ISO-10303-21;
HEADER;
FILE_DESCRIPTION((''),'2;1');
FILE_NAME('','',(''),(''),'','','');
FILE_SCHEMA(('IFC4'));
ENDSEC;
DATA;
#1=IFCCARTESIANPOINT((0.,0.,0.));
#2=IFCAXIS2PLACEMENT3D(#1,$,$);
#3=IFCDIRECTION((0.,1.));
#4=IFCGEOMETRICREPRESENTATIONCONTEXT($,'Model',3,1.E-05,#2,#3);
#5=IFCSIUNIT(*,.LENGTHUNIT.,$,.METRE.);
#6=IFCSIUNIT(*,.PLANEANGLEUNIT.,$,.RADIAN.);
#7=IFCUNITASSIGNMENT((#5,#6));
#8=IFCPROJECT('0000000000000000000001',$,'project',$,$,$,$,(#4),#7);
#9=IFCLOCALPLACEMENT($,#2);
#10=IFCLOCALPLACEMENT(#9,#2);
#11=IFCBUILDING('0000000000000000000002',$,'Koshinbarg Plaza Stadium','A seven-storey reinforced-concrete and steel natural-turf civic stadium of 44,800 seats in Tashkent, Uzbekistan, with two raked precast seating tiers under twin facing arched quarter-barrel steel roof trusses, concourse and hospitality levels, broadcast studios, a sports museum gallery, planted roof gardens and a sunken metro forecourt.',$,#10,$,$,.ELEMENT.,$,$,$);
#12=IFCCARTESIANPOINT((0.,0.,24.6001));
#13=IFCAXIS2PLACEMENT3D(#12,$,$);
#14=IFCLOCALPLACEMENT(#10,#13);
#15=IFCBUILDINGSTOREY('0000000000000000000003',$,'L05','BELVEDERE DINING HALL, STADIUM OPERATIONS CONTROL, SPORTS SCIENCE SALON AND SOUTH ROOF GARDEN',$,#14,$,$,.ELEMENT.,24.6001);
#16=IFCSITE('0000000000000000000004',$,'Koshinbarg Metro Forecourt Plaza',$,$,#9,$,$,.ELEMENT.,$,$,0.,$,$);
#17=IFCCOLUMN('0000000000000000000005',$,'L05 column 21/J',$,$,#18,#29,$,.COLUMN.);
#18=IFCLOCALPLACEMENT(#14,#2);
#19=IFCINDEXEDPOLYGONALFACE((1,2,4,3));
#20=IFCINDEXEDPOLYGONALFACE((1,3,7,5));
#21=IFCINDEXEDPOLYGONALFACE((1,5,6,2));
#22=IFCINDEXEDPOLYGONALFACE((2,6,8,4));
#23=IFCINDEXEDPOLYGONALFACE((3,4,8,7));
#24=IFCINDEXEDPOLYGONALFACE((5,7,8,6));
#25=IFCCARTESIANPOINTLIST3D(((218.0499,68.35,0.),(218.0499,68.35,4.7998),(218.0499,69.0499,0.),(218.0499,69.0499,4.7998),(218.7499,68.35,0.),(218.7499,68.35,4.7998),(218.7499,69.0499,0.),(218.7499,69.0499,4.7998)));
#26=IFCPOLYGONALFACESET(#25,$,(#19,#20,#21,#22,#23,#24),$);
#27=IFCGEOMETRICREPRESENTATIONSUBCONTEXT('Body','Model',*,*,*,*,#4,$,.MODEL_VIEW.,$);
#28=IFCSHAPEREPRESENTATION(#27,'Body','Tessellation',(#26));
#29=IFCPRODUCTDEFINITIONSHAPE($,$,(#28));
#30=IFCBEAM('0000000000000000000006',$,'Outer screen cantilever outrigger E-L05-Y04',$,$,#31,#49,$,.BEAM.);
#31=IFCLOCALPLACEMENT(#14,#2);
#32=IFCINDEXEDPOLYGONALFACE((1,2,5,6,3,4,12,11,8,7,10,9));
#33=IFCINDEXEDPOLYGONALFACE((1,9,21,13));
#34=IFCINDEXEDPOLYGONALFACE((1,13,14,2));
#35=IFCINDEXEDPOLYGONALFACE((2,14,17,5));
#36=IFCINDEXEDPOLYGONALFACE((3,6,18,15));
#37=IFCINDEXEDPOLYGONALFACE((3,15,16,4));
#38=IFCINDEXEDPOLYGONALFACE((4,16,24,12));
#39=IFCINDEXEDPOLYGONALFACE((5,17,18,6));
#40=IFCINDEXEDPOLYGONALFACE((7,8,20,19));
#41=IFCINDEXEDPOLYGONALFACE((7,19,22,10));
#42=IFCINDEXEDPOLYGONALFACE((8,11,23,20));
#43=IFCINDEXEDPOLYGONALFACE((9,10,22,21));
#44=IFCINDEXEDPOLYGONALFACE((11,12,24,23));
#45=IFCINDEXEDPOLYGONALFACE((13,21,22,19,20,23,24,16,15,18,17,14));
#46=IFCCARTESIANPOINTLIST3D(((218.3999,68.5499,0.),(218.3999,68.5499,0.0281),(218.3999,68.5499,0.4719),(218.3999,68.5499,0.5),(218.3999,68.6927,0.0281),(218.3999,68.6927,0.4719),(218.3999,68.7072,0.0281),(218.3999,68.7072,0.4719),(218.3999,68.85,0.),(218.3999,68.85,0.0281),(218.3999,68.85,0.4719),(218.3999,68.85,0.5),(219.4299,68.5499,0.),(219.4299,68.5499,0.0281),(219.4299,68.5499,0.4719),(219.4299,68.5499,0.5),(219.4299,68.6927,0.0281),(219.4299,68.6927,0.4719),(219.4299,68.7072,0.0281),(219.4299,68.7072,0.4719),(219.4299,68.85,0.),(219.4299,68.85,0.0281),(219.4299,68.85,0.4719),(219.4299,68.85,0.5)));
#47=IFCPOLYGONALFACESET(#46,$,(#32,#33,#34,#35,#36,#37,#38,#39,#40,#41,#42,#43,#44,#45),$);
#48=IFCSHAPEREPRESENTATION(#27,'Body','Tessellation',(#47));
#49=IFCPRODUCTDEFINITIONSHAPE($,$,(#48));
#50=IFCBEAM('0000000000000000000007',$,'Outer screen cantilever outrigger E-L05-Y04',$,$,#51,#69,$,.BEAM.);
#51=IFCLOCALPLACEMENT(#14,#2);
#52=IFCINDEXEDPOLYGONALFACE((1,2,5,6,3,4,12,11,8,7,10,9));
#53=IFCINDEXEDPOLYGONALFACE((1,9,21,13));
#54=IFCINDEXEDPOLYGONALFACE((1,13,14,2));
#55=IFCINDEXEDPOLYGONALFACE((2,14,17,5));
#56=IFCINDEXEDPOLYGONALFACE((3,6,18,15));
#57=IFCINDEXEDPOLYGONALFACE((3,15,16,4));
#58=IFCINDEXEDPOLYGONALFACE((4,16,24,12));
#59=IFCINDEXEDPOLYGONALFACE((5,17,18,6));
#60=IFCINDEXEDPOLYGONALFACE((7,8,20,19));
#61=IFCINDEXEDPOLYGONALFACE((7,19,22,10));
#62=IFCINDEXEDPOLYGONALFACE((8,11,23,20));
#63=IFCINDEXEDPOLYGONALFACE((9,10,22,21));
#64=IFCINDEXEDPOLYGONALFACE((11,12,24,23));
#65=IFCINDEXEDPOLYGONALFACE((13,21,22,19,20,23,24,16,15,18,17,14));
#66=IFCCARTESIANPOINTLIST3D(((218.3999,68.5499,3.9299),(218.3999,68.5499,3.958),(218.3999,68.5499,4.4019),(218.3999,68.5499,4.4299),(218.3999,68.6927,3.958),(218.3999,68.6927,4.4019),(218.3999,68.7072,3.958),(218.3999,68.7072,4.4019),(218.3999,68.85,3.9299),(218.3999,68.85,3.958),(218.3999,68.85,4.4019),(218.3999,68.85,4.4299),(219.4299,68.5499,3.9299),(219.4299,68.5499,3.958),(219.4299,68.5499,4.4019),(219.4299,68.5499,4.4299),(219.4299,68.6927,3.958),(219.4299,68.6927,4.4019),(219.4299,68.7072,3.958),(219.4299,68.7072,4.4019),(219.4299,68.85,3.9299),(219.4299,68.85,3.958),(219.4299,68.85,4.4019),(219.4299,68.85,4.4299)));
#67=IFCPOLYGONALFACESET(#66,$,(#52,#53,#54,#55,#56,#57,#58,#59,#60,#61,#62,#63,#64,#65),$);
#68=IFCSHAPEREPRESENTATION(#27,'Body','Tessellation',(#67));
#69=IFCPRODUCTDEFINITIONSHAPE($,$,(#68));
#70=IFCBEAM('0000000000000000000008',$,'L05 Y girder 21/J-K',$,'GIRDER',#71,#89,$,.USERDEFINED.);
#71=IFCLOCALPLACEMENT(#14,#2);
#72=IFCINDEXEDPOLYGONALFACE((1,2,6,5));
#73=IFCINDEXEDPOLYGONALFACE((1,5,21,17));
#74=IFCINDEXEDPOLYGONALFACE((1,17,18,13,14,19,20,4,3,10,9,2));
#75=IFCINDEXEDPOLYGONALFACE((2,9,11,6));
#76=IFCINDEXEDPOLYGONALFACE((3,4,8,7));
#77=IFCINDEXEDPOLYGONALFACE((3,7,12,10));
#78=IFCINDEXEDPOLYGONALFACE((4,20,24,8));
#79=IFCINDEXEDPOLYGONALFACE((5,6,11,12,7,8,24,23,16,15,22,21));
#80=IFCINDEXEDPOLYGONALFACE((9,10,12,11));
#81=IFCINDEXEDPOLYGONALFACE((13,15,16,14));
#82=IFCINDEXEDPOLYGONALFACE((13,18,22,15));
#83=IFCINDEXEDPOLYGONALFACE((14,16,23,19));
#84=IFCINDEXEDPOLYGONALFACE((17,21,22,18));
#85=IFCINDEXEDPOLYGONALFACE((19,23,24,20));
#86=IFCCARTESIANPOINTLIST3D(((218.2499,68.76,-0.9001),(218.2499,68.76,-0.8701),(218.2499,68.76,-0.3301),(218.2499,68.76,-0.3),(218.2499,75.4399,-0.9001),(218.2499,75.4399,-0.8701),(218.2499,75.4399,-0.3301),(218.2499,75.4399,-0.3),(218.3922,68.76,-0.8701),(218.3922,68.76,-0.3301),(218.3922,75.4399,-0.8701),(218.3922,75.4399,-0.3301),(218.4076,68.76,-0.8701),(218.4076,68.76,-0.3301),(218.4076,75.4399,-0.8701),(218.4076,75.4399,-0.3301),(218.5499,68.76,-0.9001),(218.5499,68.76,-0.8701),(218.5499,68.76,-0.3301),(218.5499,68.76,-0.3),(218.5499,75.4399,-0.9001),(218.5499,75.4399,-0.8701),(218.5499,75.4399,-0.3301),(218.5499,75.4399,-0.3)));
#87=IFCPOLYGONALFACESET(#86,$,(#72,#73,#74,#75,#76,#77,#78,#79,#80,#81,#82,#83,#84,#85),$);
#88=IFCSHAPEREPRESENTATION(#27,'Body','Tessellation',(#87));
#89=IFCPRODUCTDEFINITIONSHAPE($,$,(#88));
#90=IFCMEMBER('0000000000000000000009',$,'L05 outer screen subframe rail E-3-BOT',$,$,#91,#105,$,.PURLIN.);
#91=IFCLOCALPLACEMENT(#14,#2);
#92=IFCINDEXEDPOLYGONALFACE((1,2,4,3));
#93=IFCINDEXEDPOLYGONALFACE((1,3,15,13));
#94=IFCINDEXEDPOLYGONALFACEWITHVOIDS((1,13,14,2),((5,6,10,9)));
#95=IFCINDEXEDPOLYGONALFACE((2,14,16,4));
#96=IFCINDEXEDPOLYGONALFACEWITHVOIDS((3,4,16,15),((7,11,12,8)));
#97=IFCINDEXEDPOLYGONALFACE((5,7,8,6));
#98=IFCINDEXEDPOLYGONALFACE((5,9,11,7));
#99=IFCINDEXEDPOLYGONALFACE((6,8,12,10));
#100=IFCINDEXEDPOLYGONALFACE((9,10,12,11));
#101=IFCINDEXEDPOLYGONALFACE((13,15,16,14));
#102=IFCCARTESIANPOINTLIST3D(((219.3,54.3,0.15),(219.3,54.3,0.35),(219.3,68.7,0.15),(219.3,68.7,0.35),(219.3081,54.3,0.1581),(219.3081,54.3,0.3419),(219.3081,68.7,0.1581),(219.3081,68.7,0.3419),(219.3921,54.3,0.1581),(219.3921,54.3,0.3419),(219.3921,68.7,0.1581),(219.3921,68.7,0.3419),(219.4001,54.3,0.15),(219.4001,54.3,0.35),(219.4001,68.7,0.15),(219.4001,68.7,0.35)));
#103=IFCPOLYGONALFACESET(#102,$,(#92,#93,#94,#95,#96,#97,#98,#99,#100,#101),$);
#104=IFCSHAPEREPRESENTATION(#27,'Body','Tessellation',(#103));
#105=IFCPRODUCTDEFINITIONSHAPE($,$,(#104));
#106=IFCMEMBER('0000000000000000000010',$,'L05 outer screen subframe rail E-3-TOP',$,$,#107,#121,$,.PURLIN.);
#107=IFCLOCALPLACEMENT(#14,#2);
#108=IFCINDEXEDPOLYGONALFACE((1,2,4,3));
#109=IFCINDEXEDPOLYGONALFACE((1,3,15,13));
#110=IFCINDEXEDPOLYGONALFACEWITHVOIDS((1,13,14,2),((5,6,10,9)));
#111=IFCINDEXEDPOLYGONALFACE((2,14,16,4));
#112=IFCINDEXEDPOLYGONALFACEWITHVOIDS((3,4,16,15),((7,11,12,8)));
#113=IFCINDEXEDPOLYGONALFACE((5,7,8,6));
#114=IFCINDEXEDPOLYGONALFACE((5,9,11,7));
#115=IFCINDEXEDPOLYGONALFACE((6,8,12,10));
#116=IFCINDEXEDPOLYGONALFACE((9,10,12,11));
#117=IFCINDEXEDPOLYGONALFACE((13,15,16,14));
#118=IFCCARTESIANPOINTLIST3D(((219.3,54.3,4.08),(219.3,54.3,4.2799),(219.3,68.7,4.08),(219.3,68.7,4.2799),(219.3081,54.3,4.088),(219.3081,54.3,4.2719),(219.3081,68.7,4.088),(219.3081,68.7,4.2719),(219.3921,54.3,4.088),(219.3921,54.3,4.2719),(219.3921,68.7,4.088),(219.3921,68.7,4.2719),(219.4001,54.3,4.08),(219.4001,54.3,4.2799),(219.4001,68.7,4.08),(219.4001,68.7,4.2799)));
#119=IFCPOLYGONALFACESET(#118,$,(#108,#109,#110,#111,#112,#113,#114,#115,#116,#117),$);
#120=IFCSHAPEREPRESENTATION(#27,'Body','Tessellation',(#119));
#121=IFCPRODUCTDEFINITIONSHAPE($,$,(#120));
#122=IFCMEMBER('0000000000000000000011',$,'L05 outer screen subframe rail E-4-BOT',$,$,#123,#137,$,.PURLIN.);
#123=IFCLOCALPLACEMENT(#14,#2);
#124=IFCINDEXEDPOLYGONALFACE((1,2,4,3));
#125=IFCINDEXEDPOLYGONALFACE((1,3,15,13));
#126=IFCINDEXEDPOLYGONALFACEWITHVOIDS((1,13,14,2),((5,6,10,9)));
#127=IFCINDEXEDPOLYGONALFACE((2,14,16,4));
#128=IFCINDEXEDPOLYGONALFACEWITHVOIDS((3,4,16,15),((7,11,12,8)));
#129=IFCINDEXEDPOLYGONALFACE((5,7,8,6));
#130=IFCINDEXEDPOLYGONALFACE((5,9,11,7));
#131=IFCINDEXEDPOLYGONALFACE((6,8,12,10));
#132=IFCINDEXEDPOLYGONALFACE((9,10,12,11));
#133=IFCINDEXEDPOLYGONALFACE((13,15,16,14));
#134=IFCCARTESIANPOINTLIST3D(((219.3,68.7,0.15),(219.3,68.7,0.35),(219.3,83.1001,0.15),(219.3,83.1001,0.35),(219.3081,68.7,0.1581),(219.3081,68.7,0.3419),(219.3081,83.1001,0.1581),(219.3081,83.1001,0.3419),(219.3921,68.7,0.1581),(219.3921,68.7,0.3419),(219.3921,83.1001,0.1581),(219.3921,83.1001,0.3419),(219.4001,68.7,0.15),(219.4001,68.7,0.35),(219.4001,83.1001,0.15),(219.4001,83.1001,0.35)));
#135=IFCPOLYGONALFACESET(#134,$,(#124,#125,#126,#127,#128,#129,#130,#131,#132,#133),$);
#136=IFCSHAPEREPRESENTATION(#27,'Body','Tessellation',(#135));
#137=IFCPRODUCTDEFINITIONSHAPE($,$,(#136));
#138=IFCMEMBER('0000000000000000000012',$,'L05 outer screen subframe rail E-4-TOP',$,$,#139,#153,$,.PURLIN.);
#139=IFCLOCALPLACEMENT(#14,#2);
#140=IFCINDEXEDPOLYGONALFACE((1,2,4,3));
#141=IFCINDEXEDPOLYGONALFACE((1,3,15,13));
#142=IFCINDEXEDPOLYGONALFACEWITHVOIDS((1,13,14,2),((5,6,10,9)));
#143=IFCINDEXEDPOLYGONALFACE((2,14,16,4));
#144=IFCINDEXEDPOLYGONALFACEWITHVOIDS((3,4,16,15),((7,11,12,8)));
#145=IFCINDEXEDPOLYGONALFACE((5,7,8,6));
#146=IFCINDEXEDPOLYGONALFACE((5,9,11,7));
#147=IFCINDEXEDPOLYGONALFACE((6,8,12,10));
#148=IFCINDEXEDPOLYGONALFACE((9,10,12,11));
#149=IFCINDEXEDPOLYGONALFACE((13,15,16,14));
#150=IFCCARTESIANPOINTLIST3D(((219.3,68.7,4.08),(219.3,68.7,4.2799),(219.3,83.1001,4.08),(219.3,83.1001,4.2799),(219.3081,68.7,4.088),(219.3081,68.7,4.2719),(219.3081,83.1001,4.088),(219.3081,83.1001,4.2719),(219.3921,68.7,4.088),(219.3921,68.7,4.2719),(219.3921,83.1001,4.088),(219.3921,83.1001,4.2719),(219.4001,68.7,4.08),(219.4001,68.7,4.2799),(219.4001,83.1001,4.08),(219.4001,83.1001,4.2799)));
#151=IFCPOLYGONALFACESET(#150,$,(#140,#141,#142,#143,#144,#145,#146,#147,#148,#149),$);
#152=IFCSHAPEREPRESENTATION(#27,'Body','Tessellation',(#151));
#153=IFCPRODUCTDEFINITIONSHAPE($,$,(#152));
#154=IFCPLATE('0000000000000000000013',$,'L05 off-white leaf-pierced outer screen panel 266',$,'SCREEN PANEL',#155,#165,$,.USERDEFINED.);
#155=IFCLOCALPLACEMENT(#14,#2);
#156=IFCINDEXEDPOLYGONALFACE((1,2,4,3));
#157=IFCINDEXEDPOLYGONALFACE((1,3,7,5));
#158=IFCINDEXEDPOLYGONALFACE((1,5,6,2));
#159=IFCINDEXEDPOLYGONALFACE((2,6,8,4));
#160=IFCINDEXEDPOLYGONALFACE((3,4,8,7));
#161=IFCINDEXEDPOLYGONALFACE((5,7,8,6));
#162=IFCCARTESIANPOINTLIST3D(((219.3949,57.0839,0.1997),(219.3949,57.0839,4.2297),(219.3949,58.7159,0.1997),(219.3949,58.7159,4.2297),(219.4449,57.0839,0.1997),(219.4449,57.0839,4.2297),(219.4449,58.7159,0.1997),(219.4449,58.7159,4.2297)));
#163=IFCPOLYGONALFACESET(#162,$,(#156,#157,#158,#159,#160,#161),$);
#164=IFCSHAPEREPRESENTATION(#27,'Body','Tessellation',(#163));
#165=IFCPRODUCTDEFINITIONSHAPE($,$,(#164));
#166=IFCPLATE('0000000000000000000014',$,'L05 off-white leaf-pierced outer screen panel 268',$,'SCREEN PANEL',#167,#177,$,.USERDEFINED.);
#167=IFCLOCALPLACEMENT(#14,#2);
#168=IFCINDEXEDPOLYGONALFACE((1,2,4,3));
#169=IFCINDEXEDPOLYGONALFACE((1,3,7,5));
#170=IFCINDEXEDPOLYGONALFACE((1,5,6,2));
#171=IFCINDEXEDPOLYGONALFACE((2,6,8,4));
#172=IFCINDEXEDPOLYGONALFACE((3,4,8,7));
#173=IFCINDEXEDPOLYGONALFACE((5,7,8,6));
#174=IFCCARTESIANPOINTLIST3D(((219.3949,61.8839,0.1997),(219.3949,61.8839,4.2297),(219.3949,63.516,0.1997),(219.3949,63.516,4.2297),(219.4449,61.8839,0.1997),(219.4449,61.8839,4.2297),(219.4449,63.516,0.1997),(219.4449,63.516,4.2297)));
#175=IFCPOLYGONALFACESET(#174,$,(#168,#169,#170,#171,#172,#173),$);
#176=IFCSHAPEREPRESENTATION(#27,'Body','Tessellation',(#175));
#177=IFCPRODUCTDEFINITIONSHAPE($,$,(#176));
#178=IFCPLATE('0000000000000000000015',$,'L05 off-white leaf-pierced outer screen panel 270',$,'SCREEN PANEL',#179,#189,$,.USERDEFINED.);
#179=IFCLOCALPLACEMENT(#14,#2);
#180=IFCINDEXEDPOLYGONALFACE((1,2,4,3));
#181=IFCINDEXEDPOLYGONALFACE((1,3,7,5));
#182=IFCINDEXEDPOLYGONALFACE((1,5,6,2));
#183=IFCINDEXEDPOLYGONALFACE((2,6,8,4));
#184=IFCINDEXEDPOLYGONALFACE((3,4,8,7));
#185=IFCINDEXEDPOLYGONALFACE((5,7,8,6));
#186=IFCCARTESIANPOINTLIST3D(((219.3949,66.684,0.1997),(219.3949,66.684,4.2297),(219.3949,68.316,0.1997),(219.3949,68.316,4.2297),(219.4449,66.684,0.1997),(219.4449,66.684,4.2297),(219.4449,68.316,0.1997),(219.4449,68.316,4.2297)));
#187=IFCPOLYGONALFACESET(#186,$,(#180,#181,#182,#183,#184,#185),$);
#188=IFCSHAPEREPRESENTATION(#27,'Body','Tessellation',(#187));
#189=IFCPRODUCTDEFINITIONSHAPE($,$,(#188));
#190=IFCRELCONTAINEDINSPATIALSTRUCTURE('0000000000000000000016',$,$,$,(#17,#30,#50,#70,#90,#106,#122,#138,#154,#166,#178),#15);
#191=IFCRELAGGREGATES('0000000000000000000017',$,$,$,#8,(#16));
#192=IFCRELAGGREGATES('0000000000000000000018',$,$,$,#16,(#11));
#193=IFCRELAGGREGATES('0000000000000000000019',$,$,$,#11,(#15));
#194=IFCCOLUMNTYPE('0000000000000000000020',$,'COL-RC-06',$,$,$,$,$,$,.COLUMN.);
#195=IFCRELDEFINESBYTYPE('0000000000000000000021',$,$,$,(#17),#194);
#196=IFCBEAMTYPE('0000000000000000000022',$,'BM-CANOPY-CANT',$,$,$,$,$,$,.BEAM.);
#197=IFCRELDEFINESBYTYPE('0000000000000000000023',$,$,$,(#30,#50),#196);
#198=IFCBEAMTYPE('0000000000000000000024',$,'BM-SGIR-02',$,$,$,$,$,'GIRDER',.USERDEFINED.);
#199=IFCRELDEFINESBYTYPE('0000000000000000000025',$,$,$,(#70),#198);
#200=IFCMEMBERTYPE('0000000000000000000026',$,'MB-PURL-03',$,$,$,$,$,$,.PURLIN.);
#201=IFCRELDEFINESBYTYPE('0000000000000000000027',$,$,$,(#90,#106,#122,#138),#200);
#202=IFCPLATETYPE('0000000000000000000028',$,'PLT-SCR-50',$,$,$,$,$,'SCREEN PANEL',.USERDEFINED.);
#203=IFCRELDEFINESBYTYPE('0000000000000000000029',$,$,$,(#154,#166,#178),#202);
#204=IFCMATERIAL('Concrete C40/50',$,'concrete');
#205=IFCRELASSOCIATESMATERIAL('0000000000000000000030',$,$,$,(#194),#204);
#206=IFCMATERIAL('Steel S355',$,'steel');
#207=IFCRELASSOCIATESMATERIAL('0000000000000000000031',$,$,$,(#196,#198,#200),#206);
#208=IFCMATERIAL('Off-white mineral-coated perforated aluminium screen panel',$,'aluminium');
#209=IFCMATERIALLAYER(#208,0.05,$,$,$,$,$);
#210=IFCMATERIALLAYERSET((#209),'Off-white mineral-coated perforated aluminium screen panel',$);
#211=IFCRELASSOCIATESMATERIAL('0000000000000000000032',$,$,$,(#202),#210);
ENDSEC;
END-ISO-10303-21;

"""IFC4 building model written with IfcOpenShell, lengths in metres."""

from ifc_helpers import new_model, si_unit, direction, frame, origin, origin_2d, place, context, subcontext, project, spatial, rectangle, hollow_rectangle, i_section, extrude, material, layer, layer_set, material_profile, profile_set, type_object, element, save


model = new_model("IFC4")

# Units and contexts
model_context = context("Model", 3, precision=1e-05, world=origin(), true_north=direction((0.0, 1.0)))
body_context = subcontext(model_context, "Body", "Model", "MODEL_VIEW")
ifc_project = project(units=[si_unit("LENGTHUNIT", "METRE"), si_unit("PLANEANGLEUNIT", "RADIAN")], contexts=[model_context])

# Site, building, storey
site_placement = place(None, origin())
site = spatial("IfcSite", under=ifc_project, at=site_placement, Name="Koshinbarg Metro Forecourt Plaza", CompositionType="ELEMENT", RefElevation=0.0)
building_placement = place(site_placement, origin())
building = spatial("IfcBuilding", under=site, at=building_placement, Name="Koshinbarg Plaza Stadium", Description="A seven-storey reinforced-concrete and steel natural-turf civic stadium of 44,800 seats in Tashkent, Uzbekistan, with two raked precast seating tiers under twin facing arched quarter-barrel steel roof trusses, concourse and hospitality levels, broadcast studios, a sports museum gallery, planted roof gardens and a sunken metro forecourt.", CompositionType="ELEMENT")
storey_placement = place(building_placement, frame((0.0, 0.0, 24.6001)))
storey = spatial("IfcBuildingStorey", under=building, at=storey_placement, Name="L05", Description="BELVEDERE DINING HALL, STADIUM OPERATIONS CONTROL, SPORTS SCIENCE SALON AND SOUTH ROOF GARDEN", CompositionType="ELEMENT", Elevation=24.6001)

# Column
ifc_material_1 = material(Name="Concrete C40/50", Category="concrete")
ifc_material_profile_1 = material_profile(ifc_material_1, rectangle(XDim=0.7, YDim=0.7, at=origin_2d()), Name="RC 700x700")
ifc_profile_set_1 = profile_set([ifc_material_profile_1], Name="Concrete C40/50")
column_type = type_object("IfcColumnType", Name="COL-RC-06", PredefinedType="COLUMN", material=ifc_profile_set_1)
column_placement = place(storey_placement, frame((218.3999, 68.7, 0.0), z_axis=(0.0, 0.0, 1.0), x_axis=(1.0, 0.0, 0.0)))
element("IfcColumn", 1, at=column_placement, inside=storey, type_object=column_type, Name="L05 column 21/J", PredefinedType="COLUMN", context=body_context, shape_type="SweptSolid", body=[
    extrude(rectangle(XDim=0.7, YDim=0.7, at=origin_2d()), origin(), (0.0, 0.0, 1.0), 4.7998),
])

# Beams
ifc_material_2 = material(Name="Steel S355", Category="steel")
ifc_material_profile_2 = material_profile(ifc_material_2, i_section(OverallWidth=0.3, OverallDepth=0.5, WebThickness=0.0144, FlangeThickness=0.0281, at=origin_2d()), Name="HEB 500")
ifc_profile_set_2 = profile_set([ifc_material_profile_2], Name="Steel S355")
beam_type_1 = type_object("IfcBeamType", Name="BM-CANOPY-CANT", PredefinedType="BEAM", material=ifc_profile_set_2)
for number, where, z_axis, x_axis, name in (
    (2, (218.3999, 68.7, 0.25), (1.0, 0.0, 0.0), (0.0, 1.0, 0.0), "Outer screen cantilever outrigger E-L05-Y04"),
    (3, (218.3999, 68.7, 4.1799), (1.0, 0.0, 0.0), (0.0, 1.0, 0.0), "Outer screen cantilever outrigger E-L05-Y04"),
):
    element("IfcBeam", number, at=place(storey_placement, frame(where, z_axis=z_axis, x_axis=x_axis)), inside=storey, type_object=beam_type_1, Name=name, PredefinedType="BEAM", context=body_context, shape_type="SweptSolid", body=[
        extrude(i_section(OverallWidth=0.3, OverallDepth=0.5, WebThickness=0.0144, FlangeThickness=0.0281, at=origin_2d()), origin(), (0.0, 0.0, 1.0), 1.03),
    ])
ifc_material_profile_3 = material_profile(ifc_material_2, i_section(OverallWidth=0.3, OverallDepth=0.6001, WebThickness=0.0154, FlangeThickness=0.03, at=origin_2d()), Name="HEB 600")
ifc_profile_set_3 = profile_set([ifc_material_profile_3], Name="Steel S355")
beam_type_2 = type_object("IfcBeamType", Name="BM-SGIR-02", ElementType="GIRDER", PredefinedType="USERDEFINED", material=ifc_profile_set_3)
beam_placement = place(storey_placement, frame((218.3999, 68.76, -0.6001), z_axis=(0.0, 1.0, 0.0), x_axis=(-1.0, 0.0, 0.0)))
element("IfcBeam", 4, at=beam_placement, inside=storey, type_object=beam_type_2, Name="L05 Y girder 21/J-K", ObjectType="GIRDER", PredefinedType="USERDEFINED", context=body_context, shape_type="SweptSolid", body=[
    extrude(i_section(OverallWidth=0.3, OverallDepth=0.6001, WebThickness=0.0154, FlangeThickness=0.03, at=origin_2d()), origin(), (0.0, 0.0, 1.0), 6.6799),
])

# Members
ifc_material_profile_4 = material_profile(ifc_material_2, hollow_rectangle(XDim=0.1001, YDim=0.2, WallThickness=0.0081, at=origin_2d()), Name="RHS 200x100x8")
ifc_profile_set_4 = profile_set([ifc_material_profile_4], Name="Steel S355")
member_type = type_object("IfcMemberType", Name="MB-PURL-03", PredefinedType="PURLIN", material=ifc_profile_set_4)
for number, where, z_axis, x_axis, name in (
    (5, (219.3501, 54.3, 0.25), (0.0, 1.0, 0.0), (-1.0, 0.0, 0.0), "L05 outer screen subframe rail E-3-BOT"),
    (6, (219.3501, 54.3, 4.1799), (0.0, 1.0, 0.0), (-1.0, 0.0, 0.0), "L05 outer screen subframe rail E-3-TOP"),
):
    element("IfcMember", number, at=place(storey_placement, frame(where, z_axis=z_axis, x_axis=x_axis)), inside=storey, type_object=member_type, Name=name, PredefinedType="PURLIN", context=body_context, shape_type="SweptSolid", body=[
        extrude(hollow_rectangle(XDim=0.1001, YDim=0.2, WallThickness=0.0081, at=origin_2d()), origin(), (0.0, 0.0, 1.0), 14.3999),
    ])
for number, where, z_axis, x_axis, name in (
    (7, (219.3501, 68.7, 0.25), (0.0, 1.0, 0.0), (-1.0, 0.0, 0.0), "L05 outer screen subframe rail E-4-BOT"),
    (8, (219.3501, 68.7, 4.1799), (0.0, 1.0, 0.0), (-1.0, 0.0, 0.0), "L05 outer screen subframe rail E-4-TOP"),
):
    element("IfcMember", number, at=place(storey_placement, frame(where, z_axis=z_axis, x_axis=x_axis)), inside=storey, type_object=member_type, Name=name, PredefinedType="PURLIN", context=body_context, shape_type="SweptSolid", body=[
        extrude(hollow_rectangle(XDim=0.1001, YDim=0.2, WallThickness=0.0081, at=origin_2d()), origin(), (0.0, 0.0, 1.0), 14.4001),
    ])

# Plates
ifc_material_3 = material(Name="Off-white mineral-coated perforated aluminium screen panel", Category="aluminium")
ifc_layer_1 = layer(ifc_material_3, 0.05)
ifc_layer_set_1 = layer_set([ifc_layer_1], Name="Off-white mineral-coated perforated aluminium screen panel")
plate_type_1 = type_object("IfcPlateType", Name="PLT-SCR-50", ElementType="SCREEN PANEL", PredefinedType="USERDEFINED", material=ifc_layer_set_1)
for number, where, z_axis, x_axis, name in (
    (9, (219.4199, 57.8999, 0.1997), (0.0, 0.0, 1.0), (1.0, 0.0, 0.0), "L05 off-white leaf-pierced outer screen panel 266"),
    (10, (219.4199, 62.7, 0.1997), (0.0, 0.0, 1.0), (1.0, 0.0, 0.0), "L05 off-white leaf-pierced outer screen panel 268"),
    (11, (219.4199, 67.5, 0.1997), (0.0, 0.0, 1.0), (1.0, 0.0, 0.0), "L05 off-white leaf-pierced outer screen panel 270"),
):
    element("IfcPlate", number, at=place(storey_placement, frame(where, z_axis=z_axis, x_axis=x_axis)), inside=storey, type_object=plate_type_1, Name=name, ObjectType="SCREEN PANEL", PredefinedType="USERDEFINED", context=body_context, shape_type="SweptSolid", body=[
        extrude(rectangle(XDim=0.05, YDim=1.6321, at=origin_2d()), origin(), (0.0, 0.0, 1.0), 4.03),
    ])

save(model, "model.ifc")
